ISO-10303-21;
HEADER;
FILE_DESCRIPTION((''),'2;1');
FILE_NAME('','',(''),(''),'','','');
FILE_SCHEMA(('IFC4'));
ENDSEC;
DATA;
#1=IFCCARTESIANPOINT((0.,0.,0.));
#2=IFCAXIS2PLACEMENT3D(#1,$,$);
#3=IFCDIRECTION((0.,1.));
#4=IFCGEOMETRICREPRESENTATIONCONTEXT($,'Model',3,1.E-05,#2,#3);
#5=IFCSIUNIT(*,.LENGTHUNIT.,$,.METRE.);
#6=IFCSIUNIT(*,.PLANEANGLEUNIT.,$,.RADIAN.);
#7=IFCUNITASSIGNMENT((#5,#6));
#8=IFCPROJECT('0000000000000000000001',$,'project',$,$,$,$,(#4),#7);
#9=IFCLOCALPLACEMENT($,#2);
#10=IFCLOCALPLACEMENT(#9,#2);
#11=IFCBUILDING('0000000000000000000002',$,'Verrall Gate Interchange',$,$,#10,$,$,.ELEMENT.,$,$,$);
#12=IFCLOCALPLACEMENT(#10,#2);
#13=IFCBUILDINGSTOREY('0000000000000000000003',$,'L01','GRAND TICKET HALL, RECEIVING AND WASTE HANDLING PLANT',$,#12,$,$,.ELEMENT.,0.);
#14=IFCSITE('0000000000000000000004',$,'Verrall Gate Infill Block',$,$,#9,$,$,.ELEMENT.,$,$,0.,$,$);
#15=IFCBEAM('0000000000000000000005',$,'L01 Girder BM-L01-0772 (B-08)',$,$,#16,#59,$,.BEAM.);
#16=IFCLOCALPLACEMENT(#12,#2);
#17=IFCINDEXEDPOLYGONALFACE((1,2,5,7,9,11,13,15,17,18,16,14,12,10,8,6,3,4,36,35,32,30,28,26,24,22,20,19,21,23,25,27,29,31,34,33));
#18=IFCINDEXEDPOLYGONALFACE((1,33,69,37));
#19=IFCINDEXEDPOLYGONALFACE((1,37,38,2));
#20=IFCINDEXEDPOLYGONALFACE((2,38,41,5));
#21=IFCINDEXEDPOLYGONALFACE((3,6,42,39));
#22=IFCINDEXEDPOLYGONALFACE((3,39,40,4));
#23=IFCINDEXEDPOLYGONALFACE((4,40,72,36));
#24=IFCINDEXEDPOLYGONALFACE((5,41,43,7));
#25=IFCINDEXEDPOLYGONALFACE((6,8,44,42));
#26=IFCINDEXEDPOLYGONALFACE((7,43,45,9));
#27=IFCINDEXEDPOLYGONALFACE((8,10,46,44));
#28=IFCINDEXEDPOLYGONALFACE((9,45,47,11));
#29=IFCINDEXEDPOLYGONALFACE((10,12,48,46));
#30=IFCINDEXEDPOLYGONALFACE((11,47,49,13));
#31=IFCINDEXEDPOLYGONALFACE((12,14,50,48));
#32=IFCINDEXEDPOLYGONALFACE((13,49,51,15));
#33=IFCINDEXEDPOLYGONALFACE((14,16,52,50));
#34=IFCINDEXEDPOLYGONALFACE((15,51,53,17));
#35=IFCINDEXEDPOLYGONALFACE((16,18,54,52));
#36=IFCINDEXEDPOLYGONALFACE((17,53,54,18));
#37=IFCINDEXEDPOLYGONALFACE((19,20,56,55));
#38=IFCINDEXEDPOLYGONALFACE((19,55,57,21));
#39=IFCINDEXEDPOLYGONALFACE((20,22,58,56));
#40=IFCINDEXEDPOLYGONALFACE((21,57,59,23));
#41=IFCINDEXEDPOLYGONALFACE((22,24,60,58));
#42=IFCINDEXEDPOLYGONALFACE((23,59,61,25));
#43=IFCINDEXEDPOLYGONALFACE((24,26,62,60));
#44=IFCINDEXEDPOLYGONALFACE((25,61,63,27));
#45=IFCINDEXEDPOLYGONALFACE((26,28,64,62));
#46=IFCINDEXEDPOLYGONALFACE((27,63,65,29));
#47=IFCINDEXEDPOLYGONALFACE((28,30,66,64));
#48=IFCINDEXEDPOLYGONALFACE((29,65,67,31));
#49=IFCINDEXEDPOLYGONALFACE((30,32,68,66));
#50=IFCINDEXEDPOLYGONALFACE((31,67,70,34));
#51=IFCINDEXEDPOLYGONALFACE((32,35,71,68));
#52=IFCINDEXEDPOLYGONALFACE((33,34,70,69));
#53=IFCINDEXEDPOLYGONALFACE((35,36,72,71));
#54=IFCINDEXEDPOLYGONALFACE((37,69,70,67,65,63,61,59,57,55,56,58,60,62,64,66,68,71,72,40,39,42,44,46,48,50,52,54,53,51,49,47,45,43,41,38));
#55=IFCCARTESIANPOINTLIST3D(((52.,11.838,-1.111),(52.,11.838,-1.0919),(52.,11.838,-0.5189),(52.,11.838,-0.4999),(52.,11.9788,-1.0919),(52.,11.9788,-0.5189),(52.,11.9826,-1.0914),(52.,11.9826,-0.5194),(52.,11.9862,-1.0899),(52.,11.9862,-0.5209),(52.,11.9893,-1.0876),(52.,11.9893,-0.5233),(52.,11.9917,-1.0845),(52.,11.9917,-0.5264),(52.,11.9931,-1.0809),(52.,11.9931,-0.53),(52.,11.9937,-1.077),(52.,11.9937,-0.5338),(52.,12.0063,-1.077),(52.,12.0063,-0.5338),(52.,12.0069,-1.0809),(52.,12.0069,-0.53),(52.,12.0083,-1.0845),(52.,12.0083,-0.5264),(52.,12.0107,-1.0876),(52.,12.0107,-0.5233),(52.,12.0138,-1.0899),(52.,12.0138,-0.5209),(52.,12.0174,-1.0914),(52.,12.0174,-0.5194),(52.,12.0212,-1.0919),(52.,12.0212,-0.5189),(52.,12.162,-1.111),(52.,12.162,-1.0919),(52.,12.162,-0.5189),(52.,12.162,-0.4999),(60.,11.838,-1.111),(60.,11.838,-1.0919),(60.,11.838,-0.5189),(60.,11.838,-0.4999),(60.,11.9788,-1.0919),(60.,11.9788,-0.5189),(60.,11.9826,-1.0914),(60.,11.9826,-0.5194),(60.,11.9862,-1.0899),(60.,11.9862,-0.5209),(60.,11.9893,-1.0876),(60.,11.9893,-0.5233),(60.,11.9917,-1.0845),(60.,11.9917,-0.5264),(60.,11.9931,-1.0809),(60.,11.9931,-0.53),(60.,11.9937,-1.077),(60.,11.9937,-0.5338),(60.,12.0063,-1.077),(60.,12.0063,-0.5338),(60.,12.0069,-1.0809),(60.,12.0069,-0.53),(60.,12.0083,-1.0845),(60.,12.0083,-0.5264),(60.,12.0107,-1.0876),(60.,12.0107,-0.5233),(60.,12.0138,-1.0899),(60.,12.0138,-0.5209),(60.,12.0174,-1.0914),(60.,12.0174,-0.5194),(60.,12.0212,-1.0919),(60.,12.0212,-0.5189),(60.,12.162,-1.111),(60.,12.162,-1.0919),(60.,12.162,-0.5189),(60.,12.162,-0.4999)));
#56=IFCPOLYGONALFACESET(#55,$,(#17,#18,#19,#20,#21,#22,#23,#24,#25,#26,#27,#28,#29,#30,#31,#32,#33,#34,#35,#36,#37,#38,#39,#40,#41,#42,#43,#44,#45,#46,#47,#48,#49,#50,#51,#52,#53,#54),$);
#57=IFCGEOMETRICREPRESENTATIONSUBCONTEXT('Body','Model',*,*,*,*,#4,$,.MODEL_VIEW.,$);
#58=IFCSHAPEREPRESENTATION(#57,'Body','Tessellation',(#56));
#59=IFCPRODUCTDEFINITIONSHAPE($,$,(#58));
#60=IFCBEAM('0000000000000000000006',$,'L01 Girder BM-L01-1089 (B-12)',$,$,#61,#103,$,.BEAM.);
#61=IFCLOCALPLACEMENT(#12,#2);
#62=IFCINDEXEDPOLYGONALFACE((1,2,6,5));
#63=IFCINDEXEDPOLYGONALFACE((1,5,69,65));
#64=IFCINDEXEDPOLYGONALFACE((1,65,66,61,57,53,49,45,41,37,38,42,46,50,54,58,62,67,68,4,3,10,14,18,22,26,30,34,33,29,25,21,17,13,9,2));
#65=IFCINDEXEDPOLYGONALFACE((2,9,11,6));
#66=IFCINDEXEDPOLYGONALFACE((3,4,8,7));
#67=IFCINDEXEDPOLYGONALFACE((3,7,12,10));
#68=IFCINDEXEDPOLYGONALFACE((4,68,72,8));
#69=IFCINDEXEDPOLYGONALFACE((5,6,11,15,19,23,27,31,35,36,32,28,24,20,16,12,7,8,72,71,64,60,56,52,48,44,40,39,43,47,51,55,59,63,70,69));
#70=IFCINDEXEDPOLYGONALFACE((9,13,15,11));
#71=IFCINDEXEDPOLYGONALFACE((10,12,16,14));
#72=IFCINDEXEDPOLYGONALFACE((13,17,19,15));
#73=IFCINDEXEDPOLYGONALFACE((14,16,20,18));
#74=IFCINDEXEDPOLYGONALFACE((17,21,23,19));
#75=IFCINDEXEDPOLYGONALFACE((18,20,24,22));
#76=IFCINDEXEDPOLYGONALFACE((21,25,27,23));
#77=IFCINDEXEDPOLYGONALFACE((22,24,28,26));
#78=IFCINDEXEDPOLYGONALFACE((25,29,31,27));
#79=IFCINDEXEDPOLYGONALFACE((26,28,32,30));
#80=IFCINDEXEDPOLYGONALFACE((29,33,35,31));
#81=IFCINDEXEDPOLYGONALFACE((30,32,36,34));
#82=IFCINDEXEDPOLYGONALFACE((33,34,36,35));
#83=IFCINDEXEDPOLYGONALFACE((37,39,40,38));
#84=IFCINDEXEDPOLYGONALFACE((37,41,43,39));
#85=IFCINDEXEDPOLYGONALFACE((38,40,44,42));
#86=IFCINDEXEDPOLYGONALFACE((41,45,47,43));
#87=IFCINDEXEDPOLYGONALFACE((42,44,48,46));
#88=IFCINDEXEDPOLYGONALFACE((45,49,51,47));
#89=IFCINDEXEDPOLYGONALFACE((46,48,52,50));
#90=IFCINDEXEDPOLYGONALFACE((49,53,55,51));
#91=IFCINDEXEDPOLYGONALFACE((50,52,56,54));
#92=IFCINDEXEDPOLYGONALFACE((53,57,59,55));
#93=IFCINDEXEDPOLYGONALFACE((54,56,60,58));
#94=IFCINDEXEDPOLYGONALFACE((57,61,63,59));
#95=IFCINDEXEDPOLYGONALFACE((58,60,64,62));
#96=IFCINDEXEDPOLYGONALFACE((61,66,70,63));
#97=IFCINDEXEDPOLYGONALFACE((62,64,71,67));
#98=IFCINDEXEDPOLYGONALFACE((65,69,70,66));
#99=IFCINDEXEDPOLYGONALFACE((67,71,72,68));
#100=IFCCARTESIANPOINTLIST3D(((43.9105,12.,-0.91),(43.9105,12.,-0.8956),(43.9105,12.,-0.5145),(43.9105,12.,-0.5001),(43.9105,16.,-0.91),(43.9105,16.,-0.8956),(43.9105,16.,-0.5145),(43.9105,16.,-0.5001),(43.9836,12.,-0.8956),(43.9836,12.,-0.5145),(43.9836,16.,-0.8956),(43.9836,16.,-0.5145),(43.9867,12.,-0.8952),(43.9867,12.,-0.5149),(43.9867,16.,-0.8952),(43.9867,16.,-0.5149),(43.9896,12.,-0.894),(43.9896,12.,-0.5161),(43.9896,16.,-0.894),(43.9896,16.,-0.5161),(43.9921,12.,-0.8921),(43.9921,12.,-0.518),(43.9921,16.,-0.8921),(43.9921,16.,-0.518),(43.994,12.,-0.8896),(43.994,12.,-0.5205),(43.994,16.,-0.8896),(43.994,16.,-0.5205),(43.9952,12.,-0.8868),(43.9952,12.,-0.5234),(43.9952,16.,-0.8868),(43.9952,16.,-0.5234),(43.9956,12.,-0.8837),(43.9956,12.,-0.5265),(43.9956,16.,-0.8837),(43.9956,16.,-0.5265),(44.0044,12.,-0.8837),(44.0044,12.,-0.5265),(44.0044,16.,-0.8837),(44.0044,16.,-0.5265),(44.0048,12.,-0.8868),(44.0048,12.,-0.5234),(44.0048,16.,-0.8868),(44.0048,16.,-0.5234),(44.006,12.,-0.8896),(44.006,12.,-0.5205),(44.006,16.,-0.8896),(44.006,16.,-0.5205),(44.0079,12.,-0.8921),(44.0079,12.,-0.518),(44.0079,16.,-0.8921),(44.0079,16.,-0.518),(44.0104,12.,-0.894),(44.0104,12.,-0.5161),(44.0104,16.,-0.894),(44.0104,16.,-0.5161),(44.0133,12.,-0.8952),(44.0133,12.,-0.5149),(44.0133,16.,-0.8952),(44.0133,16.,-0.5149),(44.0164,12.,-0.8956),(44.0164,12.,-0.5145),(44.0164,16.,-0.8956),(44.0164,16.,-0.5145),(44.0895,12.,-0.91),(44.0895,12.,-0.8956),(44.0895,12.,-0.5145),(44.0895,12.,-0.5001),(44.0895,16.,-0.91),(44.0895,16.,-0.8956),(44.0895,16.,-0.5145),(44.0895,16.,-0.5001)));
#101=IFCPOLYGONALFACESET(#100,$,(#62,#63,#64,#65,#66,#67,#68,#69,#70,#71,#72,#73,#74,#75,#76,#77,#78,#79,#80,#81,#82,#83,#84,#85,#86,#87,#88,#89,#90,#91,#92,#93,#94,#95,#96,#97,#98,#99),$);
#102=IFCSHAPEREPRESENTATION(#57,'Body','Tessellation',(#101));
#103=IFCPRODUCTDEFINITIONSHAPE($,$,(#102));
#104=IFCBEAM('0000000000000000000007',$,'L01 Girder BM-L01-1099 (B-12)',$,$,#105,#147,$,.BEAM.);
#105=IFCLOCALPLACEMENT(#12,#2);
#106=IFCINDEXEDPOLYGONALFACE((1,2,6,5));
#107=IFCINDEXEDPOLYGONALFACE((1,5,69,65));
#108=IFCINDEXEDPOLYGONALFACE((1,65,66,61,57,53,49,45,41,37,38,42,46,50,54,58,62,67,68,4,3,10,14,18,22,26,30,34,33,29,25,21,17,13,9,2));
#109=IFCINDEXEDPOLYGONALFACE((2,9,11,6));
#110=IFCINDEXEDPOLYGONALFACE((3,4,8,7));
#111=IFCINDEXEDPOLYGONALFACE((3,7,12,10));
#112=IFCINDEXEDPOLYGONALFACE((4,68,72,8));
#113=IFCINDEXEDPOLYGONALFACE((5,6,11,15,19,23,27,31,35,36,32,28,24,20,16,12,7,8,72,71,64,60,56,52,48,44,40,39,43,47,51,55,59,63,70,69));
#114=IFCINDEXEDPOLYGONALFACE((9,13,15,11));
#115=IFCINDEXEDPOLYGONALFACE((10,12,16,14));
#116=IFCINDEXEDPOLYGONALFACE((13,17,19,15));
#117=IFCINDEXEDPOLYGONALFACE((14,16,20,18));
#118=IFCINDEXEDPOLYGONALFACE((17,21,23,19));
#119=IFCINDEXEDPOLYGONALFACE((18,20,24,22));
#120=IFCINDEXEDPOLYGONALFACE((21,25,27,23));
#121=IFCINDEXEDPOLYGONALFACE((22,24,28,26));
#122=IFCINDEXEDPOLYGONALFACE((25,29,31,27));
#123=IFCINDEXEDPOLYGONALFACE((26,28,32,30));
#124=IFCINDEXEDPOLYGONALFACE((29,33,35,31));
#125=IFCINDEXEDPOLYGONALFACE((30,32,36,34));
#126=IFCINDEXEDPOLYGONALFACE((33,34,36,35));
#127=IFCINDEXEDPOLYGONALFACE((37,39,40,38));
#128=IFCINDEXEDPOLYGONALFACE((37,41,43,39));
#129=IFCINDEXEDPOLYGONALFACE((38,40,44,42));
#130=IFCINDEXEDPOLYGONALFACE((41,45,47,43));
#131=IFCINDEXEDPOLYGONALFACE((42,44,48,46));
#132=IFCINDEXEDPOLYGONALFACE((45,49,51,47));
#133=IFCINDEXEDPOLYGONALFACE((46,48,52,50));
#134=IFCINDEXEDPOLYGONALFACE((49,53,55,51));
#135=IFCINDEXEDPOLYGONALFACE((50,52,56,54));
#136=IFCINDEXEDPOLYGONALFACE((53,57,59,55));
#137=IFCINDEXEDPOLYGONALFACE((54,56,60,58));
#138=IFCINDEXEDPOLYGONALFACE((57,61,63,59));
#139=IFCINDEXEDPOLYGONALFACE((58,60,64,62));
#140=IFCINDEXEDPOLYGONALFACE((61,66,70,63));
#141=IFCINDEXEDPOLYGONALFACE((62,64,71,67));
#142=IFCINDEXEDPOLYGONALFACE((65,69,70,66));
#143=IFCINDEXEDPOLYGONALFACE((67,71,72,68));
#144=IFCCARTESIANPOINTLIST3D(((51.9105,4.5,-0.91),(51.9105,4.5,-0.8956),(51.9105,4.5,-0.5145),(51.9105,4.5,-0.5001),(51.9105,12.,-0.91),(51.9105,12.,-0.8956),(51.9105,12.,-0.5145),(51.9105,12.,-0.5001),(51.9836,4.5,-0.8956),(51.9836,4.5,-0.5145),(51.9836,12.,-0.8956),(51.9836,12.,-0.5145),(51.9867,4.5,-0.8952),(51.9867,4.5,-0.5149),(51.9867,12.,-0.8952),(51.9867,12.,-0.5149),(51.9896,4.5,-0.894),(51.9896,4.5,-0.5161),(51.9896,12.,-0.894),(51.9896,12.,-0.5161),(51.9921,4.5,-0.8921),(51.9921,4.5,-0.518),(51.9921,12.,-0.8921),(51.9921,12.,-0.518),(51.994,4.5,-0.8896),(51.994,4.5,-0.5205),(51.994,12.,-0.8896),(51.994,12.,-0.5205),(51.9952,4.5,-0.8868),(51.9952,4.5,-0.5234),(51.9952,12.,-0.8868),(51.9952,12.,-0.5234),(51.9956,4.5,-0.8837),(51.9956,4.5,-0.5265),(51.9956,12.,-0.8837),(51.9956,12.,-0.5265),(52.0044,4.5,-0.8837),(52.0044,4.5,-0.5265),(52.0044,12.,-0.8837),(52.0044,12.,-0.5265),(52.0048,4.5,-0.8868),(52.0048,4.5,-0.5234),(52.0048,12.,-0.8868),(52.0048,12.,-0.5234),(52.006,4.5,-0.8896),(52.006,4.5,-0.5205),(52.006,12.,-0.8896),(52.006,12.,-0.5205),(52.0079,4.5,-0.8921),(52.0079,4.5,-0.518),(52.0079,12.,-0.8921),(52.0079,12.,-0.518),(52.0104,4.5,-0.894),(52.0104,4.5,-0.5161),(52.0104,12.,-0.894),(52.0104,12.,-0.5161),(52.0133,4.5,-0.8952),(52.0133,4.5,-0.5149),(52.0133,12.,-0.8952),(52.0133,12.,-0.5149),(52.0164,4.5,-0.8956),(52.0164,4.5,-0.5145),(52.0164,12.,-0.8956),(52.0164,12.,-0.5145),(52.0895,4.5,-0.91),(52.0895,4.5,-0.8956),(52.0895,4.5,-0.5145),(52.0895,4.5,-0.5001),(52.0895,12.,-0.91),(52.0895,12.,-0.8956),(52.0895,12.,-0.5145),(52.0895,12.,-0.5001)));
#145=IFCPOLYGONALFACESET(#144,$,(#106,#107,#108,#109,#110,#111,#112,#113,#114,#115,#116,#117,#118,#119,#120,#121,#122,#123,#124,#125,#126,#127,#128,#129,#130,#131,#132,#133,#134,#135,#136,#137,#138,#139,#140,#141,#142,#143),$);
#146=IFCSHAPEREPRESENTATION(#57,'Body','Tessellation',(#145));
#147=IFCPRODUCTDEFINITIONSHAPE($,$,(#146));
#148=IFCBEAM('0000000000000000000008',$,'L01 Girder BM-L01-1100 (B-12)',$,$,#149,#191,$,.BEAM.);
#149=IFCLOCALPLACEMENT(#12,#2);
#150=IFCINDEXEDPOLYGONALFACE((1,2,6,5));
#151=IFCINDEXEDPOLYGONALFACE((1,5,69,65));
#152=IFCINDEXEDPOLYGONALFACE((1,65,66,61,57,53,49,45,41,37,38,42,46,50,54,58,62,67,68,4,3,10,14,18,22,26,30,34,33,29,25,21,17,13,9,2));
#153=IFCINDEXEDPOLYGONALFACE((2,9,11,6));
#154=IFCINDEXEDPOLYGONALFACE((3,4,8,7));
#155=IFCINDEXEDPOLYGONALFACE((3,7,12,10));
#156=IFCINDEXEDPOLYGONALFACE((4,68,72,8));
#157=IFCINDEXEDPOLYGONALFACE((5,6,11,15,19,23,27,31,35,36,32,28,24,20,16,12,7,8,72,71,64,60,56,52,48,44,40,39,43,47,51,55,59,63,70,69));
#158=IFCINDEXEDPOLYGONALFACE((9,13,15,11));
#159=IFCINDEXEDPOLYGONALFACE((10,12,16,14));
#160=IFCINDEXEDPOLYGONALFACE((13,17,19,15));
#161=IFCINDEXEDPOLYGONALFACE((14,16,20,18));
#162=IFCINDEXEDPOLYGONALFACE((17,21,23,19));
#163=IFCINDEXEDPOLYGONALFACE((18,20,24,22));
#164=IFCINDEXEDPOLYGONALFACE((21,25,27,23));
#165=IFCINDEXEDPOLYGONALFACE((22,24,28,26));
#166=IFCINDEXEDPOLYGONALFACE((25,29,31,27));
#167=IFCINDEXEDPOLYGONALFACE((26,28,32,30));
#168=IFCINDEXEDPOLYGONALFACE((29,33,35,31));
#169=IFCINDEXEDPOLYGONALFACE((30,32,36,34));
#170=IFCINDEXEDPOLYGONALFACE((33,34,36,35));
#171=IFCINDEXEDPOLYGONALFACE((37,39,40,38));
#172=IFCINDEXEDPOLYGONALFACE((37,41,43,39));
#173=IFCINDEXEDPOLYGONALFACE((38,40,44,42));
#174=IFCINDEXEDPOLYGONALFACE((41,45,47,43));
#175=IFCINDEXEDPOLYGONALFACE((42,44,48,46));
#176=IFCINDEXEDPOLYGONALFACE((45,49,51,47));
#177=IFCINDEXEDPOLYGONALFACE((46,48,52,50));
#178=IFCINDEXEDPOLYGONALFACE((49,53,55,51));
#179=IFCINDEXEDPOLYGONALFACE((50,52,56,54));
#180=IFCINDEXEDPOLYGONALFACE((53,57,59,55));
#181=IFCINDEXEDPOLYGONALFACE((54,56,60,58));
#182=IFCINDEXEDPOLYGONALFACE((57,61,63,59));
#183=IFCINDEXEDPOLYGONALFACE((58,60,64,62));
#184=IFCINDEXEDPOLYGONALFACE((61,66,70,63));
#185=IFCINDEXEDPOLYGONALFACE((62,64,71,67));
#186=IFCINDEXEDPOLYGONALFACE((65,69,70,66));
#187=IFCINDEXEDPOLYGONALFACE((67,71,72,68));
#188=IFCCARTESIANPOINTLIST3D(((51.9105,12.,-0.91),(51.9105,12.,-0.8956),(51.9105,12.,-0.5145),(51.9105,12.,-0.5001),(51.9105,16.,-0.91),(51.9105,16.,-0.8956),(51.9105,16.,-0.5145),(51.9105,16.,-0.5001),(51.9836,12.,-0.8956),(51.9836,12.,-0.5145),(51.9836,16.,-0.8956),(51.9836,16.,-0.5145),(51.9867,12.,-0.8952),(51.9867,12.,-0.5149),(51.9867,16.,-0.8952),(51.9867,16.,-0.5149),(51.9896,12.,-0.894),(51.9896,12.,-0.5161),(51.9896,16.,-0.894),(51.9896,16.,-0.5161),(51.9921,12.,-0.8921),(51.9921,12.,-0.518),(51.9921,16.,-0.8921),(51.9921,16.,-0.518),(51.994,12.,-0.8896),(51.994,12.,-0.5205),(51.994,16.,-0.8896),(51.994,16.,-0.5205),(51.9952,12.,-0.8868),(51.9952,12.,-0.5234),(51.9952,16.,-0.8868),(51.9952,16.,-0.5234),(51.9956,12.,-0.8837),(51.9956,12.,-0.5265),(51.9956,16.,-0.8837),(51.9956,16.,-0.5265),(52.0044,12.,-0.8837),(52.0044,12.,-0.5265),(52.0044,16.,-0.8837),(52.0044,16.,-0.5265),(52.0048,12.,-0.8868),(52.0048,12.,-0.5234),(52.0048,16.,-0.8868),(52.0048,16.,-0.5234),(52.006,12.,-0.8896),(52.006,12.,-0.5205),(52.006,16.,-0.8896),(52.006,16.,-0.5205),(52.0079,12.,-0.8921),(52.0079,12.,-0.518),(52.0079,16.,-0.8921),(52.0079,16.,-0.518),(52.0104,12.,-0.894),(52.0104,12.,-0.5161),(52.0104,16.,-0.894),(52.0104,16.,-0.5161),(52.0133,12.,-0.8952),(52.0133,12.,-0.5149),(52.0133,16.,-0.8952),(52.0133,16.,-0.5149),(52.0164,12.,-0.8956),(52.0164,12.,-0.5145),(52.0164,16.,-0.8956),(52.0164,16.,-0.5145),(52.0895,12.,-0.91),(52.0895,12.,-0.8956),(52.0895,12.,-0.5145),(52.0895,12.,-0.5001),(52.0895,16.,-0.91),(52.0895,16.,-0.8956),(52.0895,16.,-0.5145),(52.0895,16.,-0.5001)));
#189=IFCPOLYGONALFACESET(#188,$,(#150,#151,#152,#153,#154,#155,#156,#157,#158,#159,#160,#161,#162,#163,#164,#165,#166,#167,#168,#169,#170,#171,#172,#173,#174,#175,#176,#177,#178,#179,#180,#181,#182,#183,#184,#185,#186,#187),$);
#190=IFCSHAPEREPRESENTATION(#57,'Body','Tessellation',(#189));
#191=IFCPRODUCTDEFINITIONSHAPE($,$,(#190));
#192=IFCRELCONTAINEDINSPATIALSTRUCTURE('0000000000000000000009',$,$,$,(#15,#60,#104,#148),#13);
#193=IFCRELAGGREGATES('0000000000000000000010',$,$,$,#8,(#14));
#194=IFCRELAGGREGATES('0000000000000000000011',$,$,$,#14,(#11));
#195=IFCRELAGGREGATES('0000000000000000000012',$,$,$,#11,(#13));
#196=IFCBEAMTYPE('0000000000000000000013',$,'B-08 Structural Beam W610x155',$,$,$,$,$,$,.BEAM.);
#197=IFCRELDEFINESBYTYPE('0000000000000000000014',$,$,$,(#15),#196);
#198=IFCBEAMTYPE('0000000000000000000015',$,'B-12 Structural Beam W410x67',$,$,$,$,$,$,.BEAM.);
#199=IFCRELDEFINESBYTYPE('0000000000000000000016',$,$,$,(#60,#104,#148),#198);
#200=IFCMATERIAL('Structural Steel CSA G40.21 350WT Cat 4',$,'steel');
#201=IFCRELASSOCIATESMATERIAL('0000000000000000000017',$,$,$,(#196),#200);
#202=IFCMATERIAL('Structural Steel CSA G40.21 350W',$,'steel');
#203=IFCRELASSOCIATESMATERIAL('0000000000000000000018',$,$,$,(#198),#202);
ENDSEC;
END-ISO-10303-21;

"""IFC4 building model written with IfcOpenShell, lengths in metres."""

from ifc_helpers import new_model, si_unit, direction, frame, origin, origin_2d, place, context, subcontext, project, spatial, i_section, extrude, material, material_profile, profile_set, type_object, element, save


model = new_model("IFC4")

# Units and contexts
model_context = context("Model", 3, precision=1e-05, world=origin(), true_north=direction((0.0, 1.0)))
body_context = subcontext(model_context, "Body", "Model", "MODEL_VIEW")
ifc_project = project(units=[si_unit("LENGTHUNIT", "METRE"), si_unit("PLANEANGLEUNIT", "RADIAN")], contexts=[model_context])

# Site, building, storey
site_placement = place(None, origin())
site = spatial("IfcSite", under=ifc_project, at=site_placement, Name="Verrall Gate Infill Block", CompositionType="ELEMENT", RefElevation=0.0)
building_placement = place(site_placement, origin())
building = spatial("IfcBuilding", under=site, at=building_placement, Name="Verrall Gate Interchange", CompositionType="ELEMENT")
storey_placement = place(building_placement, origin())
storey = spatial("IfcBuildingStorey", under=building, at=storey_placement, Name="L01", Description="GRAND TICKET HALL, RECEIVING AND WASTE HANDLING PLANT", CompositionType="ELEMENT", Elevation=0.0)

# Beams
ifc_material_1 = material(Name="Structural Steel CSA G40.21 350WT Cat 4", Category="steel")
ifc_material_profile_1 = material_profile(ifc_material_1, i_section(OverallWidth=0.324, OverallDepth=0.6111, WebThickness=0.0127, FlangeThickness=0.019, FilletRadius=0.0149, at=origin_2d()), Name="W610x155")
ifc_profile_set_1 = profile_set([ifc_material_profile_1], Name="Structural Steel CSA G40.21 350WT Cat 4")
beam_type_1 = type_object("IfcBeamType", Name="B-08 Structural Beam W610x155", PredefinedType="BEAM", material=ifc_profile_set_1)
for number, where, z_axis, x_axis, name in (
    (1, (52.0, 12.0, -0.8054), (1.0, 0.0, 0.0), (0.0, 1.0, 0.0), "L01 Girder BM-L01-0772 (B-08)"),
):
    element("IfcBeam", number, at=place(storey_placement, frame(where, z_axis=z_axis, x_axis=x_axis)), inside=storey, type_object=beam_type_1, Name=name, PredefinedType="BEAM", context=body_context, shape_type="SweptSolid", body=[
        extrude(i_section(OverallWidth=0.324, OverallDepth=0.6111, WebThickness=0.0127, FlangeThickness=0.019, FilletRadius=0.0149, at=origin_2d()), origin(), (0.0, 0.0, 1.0), 8.0),
    ])
ifc_material_2 = material(Name="Structural Steel CSA G40.21 350W", Category="steel")
ifc_material_profile_2 = material_profile(ifc_material_2, i_section(OverallWidth=0.179, OverallDepth=0.4099, WebThickness=0.0088, FlangeThickness=0.0144, FilletRadius=0.012, at=origin_2d()), Name="W410x67")
ifc_profile_set_2 = profile_set([ifc_material_profile_2], Name="Structural Steel CSA G40.21 350W")
beam_type_2 = type_object("IfcBeamType", Name="B-12 Structural Beam W410x67", PredefinedType="BEAM", material=ifc_profile_set_2)
beam_1_placement = place(storey_placement, frame((44.0, 12.0, -0.7051), z_axis=(0.0, 1.0, 0.0), x_axis=(-1.0, 0.0, 0.0)))
element("IfcBeam", 2, at=beam_1_placement, inside=storey, type_object=beam_type_2, Name="L01 Girder BM-L01-1089 (B-12)", PredefinedType="BEAM", context=body_context, shape_type="SweptSolid", body=[
    extrude(i_section(OverallWidth=0.179, OverallDepth=0.4099, WebThickness=0.0088, FlangeThickness=0.0144, FilletRadius=0.012, at=origin_2d()), origin(), (0.0, 0.0, 1.0), 4.0),
])
beam_2_placement = place(storey_placement, frame((52.0, 4.5, -0.7051), z_axis=(0.0, 1.0, 0.0), x_axis=(-1.0, 0.0, 0.0)))
element("IfcBeam", 3, at=beam_2_placement, inside=storey, type_object=beam_type_2, Name="L01 Girder BM-L01-1099 (B-12)", PredefinedType="BEAM", context=body_context, shape_type="SweptSolid", body=[
    extrude(i_section(OverallWidth=0.179, OverallDepth=0.4099, WebThickness=0.0088, FlangeThickness=0.0144, FilletRadius=0.012, at=origin_2d()), origin(), (0.0, 0.0, 1.0), 7.5),
])
beam_3_placement = place(storey_placement, frame((52.0, 12.0, -0.7051), z_axis=(0.0, 1.0, 0.0), x_axis=(-1.0, 0.0, 0.0)))
element("IfcBeam", 4, at=beam_3_placement, inside=storey, type_object=beam_type_2, Name="L01 Girder BM-L01-1100 (B-12)", PredefinedType="BEAM", context=body_context, shape_type="SweptSolid", body=[
    extrude(i_section(OverallWidth=0.179, OverallDepth=0.4099, WebThickness=0.0088, FlangeThickness=0.0144, FilletRadius=0.012, at=origin_2d()), origin(), (0.0, 0.0, 1.0), 4.0),
])

save(model, "model.ifc")
